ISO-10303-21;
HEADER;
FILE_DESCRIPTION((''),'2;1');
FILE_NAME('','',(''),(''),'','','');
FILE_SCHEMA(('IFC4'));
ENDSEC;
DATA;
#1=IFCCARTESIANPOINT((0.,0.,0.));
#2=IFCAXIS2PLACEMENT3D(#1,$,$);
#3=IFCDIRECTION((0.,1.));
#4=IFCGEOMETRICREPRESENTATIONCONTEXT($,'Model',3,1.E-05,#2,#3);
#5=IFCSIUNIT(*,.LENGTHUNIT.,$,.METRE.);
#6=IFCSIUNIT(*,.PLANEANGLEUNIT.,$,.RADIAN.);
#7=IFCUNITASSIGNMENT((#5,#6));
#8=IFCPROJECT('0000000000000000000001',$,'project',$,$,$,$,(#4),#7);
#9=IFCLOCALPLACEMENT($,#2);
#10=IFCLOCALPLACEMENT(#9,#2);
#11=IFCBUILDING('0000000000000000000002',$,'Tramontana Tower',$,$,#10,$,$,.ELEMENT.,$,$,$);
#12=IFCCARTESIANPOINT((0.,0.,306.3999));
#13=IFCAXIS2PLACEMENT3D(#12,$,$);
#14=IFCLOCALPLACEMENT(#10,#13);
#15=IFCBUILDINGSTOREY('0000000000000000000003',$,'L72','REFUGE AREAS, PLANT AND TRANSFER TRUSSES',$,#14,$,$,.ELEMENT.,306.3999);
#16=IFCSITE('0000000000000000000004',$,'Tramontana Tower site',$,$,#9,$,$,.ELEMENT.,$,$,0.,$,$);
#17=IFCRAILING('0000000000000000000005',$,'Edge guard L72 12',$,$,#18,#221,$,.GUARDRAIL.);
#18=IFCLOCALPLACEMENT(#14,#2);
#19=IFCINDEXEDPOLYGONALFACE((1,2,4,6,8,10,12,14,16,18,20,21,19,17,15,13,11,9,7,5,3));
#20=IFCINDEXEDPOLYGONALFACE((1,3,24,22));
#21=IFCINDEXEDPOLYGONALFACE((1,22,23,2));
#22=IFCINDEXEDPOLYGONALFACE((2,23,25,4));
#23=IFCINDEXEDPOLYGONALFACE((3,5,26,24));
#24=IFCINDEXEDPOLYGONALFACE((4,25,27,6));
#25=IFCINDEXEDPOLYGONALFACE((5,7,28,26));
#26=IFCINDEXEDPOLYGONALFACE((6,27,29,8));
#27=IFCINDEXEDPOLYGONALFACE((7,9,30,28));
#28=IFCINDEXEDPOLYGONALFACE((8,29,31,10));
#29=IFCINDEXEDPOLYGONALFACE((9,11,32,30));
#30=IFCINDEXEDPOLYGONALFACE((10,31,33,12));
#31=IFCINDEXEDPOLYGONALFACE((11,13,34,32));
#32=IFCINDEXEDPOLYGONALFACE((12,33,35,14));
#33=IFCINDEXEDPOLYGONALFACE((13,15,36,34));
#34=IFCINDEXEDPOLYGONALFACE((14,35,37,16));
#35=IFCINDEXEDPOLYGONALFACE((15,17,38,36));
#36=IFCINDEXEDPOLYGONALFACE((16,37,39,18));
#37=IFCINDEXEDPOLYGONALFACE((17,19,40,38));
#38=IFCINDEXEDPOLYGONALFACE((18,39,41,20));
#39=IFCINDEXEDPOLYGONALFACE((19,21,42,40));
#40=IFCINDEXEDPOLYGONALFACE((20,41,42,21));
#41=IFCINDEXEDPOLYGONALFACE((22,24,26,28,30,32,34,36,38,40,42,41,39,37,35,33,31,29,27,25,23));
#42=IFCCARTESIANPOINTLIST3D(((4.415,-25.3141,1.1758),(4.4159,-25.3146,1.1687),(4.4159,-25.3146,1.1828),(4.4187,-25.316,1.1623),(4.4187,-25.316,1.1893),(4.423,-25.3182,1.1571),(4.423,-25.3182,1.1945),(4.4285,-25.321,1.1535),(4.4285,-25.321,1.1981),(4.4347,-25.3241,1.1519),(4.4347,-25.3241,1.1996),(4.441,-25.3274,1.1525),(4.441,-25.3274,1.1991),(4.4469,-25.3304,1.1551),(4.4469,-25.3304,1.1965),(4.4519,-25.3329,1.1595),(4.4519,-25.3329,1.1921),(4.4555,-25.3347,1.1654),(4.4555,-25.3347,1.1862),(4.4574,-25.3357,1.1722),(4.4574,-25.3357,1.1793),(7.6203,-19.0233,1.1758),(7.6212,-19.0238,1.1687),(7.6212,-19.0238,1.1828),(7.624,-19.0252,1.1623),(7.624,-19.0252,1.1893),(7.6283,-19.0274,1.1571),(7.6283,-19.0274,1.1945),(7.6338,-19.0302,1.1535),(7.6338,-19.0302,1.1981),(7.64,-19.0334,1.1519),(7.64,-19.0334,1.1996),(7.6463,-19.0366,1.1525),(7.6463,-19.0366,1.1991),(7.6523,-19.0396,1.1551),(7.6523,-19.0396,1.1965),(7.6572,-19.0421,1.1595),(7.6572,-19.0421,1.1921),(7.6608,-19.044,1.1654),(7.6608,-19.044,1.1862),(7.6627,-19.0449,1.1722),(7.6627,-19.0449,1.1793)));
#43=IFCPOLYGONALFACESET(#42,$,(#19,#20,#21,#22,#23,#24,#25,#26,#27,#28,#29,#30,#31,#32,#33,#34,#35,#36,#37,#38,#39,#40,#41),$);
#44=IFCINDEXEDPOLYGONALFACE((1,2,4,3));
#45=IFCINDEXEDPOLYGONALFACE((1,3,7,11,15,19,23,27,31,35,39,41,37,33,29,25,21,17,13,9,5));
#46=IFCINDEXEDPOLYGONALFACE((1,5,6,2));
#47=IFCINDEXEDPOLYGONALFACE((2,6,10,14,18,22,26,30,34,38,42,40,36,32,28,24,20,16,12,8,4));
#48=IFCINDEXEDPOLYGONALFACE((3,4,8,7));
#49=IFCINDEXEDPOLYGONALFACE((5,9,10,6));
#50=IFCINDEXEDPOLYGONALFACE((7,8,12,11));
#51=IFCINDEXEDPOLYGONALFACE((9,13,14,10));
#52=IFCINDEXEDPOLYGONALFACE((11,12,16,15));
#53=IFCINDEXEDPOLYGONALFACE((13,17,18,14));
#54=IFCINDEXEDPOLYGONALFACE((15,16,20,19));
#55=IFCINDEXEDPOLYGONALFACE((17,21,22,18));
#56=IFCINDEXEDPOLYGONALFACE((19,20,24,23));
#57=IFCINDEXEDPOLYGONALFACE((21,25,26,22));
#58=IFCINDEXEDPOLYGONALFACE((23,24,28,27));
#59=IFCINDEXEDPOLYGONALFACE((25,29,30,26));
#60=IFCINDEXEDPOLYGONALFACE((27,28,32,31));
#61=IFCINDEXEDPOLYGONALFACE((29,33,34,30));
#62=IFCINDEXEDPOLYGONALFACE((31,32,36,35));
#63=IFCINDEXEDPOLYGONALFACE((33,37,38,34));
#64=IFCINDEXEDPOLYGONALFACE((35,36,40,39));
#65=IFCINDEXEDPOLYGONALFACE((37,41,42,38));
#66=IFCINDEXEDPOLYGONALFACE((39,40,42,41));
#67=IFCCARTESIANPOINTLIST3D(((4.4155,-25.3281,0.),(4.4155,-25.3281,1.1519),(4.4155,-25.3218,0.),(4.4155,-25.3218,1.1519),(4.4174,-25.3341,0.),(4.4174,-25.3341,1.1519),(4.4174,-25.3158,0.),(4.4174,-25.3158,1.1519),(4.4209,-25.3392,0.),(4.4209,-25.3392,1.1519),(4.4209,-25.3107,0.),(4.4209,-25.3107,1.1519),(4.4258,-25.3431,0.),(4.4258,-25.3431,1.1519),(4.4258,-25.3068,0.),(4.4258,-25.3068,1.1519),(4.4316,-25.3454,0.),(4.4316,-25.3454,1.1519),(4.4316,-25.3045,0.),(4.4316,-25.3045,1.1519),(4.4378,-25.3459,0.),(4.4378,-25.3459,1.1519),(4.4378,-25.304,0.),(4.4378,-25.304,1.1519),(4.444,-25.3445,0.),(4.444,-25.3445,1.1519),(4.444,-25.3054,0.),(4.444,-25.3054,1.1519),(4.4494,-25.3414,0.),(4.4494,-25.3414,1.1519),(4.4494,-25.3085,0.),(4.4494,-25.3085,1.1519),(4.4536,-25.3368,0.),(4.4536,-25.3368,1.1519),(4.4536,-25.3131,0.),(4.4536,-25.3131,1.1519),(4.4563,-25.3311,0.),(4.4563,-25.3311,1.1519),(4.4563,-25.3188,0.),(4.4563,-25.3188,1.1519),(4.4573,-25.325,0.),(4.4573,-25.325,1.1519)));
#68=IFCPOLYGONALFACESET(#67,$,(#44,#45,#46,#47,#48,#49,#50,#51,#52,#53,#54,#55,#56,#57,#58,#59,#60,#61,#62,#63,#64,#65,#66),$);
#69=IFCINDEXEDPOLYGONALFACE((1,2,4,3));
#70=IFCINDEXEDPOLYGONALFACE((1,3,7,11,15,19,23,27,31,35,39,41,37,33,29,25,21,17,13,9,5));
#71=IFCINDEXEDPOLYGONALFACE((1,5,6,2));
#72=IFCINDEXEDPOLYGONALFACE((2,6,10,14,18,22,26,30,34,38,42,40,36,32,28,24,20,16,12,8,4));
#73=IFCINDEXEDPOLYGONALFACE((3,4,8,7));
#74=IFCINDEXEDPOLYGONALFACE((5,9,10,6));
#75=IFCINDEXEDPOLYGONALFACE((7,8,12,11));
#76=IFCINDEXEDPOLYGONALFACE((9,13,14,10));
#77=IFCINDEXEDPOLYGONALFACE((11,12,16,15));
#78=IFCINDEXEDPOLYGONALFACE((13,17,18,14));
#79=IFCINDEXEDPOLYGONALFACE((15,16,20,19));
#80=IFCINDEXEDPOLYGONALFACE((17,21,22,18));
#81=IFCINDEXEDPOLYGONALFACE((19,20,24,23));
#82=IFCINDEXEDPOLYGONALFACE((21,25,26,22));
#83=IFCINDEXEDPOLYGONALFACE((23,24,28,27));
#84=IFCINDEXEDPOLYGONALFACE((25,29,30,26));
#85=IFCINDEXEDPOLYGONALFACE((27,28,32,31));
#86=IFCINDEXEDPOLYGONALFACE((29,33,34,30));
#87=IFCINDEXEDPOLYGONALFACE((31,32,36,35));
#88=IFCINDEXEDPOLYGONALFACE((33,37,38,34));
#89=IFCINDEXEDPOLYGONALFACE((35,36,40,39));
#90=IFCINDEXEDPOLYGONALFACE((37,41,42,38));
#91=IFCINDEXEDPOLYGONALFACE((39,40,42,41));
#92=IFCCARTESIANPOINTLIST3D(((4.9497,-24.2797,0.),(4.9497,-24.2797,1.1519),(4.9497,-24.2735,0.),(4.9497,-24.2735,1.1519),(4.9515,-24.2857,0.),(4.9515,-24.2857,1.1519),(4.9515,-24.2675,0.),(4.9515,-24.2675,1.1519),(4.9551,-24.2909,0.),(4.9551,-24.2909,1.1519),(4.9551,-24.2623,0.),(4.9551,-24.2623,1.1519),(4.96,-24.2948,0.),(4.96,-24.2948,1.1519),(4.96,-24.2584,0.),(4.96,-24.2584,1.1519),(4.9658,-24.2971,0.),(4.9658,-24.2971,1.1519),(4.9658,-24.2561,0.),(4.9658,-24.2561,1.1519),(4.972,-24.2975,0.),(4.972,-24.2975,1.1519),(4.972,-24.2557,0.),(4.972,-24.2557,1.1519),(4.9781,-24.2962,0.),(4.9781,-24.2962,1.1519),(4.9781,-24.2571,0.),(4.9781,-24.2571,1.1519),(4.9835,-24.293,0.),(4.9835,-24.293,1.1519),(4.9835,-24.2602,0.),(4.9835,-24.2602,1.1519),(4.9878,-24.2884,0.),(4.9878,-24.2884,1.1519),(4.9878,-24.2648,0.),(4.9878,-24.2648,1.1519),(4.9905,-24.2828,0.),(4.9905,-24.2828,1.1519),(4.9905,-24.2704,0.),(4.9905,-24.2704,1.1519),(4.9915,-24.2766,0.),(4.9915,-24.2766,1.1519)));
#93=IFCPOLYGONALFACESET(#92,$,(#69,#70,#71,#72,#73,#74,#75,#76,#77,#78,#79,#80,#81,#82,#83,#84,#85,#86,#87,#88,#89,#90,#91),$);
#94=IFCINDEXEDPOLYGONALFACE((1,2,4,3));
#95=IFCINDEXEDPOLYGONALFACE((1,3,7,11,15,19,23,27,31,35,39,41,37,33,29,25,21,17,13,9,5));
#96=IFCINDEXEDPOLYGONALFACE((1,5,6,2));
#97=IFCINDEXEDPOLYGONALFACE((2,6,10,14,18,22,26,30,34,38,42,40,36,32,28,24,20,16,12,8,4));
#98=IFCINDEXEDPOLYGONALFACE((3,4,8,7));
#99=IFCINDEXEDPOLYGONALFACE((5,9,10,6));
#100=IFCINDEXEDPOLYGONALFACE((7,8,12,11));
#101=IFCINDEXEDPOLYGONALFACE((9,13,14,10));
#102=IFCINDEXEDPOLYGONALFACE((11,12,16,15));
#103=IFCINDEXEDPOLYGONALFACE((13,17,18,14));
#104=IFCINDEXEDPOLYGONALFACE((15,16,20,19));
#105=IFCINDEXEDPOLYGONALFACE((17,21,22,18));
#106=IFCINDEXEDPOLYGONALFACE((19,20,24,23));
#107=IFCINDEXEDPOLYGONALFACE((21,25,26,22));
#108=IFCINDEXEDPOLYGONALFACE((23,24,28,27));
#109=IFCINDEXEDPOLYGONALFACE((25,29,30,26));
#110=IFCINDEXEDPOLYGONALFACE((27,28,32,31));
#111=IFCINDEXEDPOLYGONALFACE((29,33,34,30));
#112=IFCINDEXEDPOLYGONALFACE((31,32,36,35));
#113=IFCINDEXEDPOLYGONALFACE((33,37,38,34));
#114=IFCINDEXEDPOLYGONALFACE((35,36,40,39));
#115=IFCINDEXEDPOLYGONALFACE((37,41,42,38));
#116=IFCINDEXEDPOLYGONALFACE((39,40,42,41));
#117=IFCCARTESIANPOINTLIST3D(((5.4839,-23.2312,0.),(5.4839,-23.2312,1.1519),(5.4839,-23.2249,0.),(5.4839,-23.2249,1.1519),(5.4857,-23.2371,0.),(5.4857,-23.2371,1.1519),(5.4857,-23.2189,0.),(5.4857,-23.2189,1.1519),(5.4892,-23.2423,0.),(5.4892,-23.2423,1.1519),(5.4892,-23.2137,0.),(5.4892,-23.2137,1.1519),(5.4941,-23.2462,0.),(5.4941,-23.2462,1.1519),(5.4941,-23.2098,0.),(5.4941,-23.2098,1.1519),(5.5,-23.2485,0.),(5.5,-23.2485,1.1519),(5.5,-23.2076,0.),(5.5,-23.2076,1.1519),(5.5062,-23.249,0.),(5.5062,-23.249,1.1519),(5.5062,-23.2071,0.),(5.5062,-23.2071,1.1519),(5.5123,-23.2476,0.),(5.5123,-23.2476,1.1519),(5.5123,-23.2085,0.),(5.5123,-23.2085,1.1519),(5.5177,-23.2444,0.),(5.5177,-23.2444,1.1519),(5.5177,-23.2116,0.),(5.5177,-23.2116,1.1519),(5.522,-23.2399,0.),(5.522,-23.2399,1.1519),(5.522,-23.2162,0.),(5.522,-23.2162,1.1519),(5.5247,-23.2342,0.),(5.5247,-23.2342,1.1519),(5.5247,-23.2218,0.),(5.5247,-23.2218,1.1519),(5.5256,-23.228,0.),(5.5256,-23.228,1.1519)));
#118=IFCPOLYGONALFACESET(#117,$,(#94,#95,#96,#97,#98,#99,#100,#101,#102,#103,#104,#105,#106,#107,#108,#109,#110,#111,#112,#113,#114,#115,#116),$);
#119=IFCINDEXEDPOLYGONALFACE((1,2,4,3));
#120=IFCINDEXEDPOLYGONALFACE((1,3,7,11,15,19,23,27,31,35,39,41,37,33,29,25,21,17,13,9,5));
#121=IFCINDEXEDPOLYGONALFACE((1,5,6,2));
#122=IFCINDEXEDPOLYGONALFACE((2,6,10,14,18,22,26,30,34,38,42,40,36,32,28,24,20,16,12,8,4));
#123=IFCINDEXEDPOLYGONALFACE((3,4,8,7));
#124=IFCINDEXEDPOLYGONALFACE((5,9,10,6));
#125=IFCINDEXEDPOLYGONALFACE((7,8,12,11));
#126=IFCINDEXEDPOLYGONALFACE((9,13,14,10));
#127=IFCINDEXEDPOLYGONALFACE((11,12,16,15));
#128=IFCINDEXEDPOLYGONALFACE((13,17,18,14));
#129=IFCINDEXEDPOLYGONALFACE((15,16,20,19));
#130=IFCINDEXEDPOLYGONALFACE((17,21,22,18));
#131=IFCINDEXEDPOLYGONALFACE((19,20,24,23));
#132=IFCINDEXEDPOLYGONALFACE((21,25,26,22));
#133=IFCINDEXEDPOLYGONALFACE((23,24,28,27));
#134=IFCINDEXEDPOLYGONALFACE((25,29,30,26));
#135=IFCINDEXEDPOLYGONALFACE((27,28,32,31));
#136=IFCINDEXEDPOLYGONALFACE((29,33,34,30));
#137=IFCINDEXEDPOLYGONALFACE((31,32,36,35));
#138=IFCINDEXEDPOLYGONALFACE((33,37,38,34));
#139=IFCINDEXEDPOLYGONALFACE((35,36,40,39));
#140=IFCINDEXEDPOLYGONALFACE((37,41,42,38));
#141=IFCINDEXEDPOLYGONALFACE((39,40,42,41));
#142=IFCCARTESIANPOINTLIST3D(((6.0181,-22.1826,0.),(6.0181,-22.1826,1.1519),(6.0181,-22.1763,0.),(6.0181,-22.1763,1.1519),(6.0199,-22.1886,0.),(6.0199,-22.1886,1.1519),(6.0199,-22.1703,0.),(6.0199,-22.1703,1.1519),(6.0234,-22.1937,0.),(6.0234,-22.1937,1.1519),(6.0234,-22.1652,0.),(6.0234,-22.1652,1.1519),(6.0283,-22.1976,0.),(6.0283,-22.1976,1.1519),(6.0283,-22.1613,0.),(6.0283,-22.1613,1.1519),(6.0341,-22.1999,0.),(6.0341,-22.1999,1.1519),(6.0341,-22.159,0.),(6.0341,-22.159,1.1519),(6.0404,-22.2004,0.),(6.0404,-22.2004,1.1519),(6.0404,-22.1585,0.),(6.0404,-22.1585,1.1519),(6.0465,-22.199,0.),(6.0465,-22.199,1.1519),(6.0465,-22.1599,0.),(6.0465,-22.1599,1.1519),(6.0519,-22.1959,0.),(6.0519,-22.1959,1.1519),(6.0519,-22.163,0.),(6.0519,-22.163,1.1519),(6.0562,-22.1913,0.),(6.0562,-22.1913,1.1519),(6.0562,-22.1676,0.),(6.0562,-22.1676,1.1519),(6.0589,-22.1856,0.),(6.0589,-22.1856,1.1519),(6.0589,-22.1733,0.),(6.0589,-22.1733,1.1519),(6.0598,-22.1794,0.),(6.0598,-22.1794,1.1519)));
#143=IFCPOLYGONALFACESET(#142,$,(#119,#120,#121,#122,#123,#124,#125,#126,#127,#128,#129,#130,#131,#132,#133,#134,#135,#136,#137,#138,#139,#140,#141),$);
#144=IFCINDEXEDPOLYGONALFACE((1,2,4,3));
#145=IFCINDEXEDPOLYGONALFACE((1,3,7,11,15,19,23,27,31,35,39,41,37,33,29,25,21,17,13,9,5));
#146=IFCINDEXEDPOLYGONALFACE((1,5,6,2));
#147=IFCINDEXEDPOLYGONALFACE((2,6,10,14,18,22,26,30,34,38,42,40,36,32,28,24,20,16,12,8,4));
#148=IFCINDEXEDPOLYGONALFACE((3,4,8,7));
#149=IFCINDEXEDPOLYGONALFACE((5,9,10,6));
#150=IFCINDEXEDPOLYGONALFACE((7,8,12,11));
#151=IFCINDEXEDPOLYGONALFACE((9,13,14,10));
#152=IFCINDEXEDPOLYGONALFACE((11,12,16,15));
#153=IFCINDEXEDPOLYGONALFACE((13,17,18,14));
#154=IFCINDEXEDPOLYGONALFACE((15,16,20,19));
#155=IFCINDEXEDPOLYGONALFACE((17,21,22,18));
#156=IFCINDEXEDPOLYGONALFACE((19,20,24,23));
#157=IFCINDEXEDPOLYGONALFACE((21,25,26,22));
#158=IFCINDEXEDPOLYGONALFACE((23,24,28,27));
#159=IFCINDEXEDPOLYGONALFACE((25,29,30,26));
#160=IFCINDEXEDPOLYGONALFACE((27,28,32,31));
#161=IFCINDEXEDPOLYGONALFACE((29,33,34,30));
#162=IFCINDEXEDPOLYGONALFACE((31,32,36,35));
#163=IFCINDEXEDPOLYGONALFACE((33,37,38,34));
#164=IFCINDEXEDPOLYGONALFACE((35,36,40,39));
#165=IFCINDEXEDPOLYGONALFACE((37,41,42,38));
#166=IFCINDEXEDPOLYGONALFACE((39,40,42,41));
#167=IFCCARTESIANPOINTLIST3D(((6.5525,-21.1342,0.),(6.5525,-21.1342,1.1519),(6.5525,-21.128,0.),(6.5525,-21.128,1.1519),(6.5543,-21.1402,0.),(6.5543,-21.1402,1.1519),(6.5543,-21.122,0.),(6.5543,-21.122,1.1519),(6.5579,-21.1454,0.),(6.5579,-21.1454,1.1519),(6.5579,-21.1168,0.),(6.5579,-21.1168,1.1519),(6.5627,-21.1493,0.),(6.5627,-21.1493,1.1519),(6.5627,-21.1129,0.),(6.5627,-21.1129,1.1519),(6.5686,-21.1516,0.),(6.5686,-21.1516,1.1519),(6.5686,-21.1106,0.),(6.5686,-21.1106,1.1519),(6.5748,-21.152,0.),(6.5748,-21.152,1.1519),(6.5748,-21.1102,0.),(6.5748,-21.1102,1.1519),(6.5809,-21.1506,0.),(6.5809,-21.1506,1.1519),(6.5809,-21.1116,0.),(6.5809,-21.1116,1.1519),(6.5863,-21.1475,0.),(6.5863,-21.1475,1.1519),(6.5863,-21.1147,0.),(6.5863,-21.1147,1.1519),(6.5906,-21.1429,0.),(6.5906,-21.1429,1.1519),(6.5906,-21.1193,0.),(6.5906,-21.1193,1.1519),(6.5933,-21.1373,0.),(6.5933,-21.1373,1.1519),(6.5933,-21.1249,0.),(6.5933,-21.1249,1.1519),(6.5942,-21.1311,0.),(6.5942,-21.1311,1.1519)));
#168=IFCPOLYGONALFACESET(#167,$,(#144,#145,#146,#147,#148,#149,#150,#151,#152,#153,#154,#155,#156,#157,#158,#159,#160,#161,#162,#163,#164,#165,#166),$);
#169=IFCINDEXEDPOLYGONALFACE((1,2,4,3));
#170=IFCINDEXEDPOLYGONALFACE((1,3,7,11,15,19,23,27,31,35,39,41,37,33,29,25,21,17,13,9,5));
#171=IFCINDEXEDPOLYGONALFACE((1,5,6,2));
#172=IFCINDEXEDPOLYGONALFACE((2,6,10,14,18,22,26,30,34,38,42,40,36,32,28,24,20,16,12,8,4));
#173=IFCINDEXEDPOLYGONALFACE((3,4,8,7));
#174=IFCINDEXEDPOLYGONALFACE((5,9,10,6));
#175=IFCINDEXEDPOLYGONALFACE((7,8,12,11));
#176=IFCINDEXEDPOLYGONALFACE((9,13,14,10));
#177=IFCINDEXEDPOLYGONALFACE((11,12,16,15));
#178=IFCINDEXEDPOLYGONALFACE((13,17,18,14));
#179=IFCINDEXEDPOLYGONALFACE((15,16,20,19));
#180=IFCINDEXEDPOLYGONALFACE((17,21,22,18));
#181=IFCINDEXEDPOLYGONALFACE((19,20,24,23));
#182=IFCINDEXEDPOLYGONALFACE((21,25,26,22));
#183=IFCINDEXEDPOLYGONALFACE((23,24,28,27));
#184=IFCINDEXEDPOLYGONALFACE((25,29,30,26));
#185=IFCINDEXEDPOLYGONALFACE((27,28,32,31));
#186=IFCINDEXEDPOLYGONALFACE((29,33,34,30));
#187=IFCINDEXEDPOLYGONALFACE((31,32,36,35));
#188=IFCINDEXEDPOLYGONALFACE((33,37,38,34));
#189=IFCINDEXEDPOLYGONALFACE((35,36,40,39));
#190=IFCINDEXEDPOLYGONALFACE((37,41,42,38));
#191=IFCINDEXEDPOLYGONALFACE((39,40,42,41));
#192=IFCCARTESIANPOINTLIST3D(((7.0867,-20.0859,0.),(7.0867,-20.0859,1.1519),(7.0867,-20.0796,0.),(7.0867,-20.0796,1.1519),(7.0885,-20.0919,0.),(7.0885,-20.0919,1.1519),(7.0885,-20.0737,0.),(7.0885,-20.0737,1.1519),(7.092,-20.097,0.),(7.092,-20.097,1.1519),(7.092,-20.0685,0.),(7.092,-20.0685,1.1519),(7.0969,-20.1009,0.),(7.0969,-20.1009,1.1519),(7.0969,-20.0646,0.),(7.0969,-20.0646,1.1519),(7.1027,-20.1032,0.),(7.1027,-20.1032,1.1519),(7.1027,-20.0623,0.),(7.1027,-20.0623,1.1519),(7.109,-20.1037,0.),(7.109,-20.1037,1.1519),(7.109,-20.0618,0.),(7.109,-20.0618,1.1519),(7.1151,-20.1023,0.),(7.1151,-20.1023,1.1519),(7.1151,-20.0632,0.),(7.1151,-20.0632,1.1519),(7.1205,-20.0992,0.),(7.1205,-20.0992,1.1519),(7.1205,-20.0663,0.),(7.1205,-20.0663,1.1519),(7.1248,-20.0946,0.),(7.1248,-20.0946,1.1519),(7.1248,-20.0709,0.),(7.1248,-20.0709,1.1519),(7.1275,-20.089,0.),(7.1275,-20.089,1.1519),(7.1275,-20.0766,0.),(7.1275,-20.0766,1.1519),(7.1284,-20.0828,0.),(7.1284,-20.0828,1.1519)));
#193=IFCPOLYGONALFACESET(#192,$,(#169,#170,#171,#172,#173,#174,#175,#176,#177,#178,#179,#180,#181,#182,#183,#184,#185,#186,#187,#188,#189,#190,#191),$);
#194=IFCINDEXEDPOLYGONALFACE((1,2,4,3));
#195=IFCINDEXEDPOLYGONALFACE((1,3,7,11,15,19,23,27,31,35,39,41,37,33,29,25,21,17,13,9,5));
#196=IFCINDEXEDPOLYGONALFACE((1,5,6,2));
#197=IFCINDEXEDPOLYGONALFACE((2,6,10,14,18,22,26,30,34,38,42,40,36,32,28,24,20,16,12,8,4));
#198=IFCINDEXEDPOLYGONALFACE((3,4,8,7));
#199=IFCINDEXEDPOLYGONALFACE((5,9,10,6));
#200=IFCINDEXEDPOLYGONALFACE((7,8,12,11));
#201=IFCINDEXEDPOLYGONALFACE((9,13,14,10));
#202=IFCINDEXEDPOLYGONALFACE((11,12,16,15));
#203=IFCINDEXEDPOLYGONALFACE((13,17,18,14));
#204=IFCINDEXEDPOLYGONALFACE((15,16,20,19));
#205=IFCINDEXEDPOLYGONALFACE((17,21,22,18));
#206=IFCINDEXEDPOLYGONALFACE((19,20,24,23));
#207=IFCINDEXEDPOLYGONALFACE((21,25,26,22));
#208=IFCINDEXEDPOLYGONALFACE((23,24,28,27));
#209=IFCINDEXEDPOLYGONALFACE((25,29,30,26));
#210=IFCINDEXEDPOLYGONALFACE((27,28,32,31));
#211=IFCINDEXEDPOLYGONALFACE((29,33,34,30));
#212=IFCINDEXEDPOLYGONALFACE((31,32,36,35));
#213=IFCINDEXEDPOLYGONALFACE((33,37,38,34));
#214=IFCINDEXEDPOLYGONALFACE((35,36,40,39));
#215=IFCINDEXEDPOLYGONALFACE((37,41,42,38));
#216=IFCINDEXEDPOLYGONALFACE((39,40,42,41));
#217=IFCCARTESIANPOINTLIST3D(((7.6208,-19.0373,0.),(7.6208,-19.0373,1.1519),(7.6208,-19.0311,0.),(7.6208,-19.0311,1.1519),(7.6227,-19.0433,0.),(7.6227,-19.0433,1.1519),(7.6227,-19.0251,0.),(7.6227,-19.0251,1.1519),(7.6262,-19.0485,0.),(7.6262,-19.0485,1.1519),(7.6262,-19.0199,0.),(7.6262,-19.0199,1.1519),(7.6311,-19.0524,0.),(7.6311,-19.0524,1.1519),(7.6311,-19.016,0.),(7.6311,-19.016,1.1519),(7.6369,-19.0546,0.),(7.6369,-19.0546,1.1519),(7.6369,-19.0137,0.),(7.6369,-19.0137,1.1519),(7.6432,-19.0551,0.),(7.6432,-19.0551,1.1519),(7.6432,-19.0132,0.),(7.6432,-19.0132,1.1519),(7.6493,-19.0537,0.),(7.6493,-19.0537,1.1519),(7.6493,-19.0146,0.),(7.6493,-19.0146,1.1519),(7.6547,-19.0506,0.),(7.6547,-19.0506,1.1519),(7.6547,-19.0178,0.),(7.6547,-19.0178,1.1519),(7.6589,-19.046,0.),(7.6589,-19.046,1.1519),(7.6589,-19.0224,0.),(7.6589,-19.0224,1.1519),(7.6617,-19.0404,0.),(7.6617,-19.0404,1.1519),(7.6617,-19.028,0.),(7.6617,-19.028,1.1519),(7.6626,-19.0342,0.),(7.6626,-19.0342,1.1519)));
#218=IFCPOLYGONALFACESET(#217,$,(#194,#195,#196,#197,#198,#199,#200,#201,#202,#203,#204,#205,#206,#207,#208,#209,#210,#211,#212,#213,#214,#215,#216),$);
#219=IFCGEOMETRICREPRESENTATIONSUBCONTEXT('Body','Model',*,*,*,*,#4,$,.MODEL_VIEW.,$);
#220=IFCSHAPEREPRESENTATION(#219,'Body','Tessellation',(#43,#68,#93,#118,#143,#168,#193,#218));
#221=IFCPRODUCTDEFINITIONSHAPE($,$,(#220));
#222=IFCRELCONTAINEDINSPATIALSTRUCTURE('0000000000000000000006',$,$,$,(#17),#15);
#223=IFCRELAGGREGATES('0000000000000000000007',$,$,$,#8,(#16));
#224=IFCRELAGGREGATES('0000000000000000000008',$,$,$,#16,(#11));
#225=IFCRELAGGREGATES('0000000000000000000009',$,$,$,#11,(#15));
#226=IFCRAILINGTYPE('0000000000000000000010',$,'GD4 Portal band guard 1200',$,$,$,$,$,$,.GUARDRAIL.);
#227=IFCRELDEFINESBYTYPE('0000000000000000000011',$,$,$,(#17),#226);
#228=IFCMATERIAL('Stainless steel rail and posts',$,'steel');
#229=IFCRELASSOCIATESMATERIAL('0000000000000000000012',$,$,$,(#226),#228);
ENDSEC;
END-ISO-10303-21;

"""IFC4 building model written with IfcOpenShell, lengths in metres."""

from ifc_helpers import new_model, si_unit, direction, frame, origin, origin_2d, place, context, subcontext, project, spatial, circle, extrude, material, type_object, element, save


model = new_model("IFC4")

# Units and contexts
model_context = context("Model", 3, precision=1e-05, world=origin(), true_north=direction((0.0, 1.0)))
body_context = subcontext(model_context, "Body", "Model", "MODEL_VIEW")
ifc_project = project(units=[si_unit("LENGTHUNIT", "METRE"), si_unit("PLANEANGLEUNIT", "RADIAN")], contexts=[model_context])

# Site, building, storey
site_placement = place(None, origin())
site = spatial("IfcSite", under=ifc_project, at=site_placement, Name="Tramontana Tower site", CompositionType="ELEMENT", RefElevation=0.0)
building_placement = place(site_placement, origin())
building = spatial("IfcBuilding", under=site, at=building_placement, Name="Tramontana Tower", CompositionType="ELEMENT")
storey_placement = place(building_placement, frame((0.0, 0.0, 306.3999)))
storey = spatial("IfcBuildingStorey", under=building, at=storey_placement, Name="L72", Description="REFUGE AREAS, PLANT AND TRANSFER TRUSSES", CompositionType="ELEMENT", Elevation=306.3999)

# Railing
ifc_material_1 = material(Name="Stainless steel rail and posts", Category="steel")
railing_type = type_object("IfcRailingType", Name="GD4 Portal band guard 1200", PredefinedType="GUARDRAIL", material=ifc_material_1)
railing_1_placement = place(storey_placement, frame((4.4363, -25.325, 0.0)))
element("IfcRailing", 1, at=railing_1_placement, inside=storey, type_object=railing_type, Name="Edge guard L72 12", PredefinedType="GUARDRAIL", context=body_context, shape_type="SweptSolid", body=[
    extrude(circle(Radius=0.0239, at=origin_2d()), frame((0.0, 0.0, 1.1758), z_axis=(0.453992, 0.891006, 0.0), x_axis=(-0.891006, 0.453992, 0.0)), (0.0, 0.0, 1.0), 7.0603),
    extrude(circle(Radius=0.021, at=origin_2d()), origin(), (0.0, 0.0, 1.0), 1.1519),
    extrude(circle(Radius=0.021, at=origin_2d()), frame((0.5342, 1.0483, 0.0)), (0.0, 0.0, 1.0), 1.1519),
    extrude(circle(Radius=0.021, at=origin_2d()), frame((1.0684, 2.0969, 0.0)), (0.0, 0.0, 1.0), 1.1519),
    extrude(circle(Radius=0.021, at=origin_2d()), frame((1.6025, 3.1455, 0.0)), (0.0, 0.0, 1.0), 1.1519),
    extrude(circle(Radius=0.021, at=origin_2d()), frame((2.137, 4.1938, 0.0)), (0.0, 0.0, 1.0), 1.1519),
    extrude(circle(Radius=0.021, at=origin_2d()), frame((2.6711, 5.2422, 0.0)), (0.0, 0.0, 1.0), 1.1519),
    extrude(circle(Radius=0.021, at=origin_2d()), frame((3.2053, 6.2908, 0.0)), (0.0, 0.0, 1.0), 1.1519),
])

save(model, "model.ifc")
